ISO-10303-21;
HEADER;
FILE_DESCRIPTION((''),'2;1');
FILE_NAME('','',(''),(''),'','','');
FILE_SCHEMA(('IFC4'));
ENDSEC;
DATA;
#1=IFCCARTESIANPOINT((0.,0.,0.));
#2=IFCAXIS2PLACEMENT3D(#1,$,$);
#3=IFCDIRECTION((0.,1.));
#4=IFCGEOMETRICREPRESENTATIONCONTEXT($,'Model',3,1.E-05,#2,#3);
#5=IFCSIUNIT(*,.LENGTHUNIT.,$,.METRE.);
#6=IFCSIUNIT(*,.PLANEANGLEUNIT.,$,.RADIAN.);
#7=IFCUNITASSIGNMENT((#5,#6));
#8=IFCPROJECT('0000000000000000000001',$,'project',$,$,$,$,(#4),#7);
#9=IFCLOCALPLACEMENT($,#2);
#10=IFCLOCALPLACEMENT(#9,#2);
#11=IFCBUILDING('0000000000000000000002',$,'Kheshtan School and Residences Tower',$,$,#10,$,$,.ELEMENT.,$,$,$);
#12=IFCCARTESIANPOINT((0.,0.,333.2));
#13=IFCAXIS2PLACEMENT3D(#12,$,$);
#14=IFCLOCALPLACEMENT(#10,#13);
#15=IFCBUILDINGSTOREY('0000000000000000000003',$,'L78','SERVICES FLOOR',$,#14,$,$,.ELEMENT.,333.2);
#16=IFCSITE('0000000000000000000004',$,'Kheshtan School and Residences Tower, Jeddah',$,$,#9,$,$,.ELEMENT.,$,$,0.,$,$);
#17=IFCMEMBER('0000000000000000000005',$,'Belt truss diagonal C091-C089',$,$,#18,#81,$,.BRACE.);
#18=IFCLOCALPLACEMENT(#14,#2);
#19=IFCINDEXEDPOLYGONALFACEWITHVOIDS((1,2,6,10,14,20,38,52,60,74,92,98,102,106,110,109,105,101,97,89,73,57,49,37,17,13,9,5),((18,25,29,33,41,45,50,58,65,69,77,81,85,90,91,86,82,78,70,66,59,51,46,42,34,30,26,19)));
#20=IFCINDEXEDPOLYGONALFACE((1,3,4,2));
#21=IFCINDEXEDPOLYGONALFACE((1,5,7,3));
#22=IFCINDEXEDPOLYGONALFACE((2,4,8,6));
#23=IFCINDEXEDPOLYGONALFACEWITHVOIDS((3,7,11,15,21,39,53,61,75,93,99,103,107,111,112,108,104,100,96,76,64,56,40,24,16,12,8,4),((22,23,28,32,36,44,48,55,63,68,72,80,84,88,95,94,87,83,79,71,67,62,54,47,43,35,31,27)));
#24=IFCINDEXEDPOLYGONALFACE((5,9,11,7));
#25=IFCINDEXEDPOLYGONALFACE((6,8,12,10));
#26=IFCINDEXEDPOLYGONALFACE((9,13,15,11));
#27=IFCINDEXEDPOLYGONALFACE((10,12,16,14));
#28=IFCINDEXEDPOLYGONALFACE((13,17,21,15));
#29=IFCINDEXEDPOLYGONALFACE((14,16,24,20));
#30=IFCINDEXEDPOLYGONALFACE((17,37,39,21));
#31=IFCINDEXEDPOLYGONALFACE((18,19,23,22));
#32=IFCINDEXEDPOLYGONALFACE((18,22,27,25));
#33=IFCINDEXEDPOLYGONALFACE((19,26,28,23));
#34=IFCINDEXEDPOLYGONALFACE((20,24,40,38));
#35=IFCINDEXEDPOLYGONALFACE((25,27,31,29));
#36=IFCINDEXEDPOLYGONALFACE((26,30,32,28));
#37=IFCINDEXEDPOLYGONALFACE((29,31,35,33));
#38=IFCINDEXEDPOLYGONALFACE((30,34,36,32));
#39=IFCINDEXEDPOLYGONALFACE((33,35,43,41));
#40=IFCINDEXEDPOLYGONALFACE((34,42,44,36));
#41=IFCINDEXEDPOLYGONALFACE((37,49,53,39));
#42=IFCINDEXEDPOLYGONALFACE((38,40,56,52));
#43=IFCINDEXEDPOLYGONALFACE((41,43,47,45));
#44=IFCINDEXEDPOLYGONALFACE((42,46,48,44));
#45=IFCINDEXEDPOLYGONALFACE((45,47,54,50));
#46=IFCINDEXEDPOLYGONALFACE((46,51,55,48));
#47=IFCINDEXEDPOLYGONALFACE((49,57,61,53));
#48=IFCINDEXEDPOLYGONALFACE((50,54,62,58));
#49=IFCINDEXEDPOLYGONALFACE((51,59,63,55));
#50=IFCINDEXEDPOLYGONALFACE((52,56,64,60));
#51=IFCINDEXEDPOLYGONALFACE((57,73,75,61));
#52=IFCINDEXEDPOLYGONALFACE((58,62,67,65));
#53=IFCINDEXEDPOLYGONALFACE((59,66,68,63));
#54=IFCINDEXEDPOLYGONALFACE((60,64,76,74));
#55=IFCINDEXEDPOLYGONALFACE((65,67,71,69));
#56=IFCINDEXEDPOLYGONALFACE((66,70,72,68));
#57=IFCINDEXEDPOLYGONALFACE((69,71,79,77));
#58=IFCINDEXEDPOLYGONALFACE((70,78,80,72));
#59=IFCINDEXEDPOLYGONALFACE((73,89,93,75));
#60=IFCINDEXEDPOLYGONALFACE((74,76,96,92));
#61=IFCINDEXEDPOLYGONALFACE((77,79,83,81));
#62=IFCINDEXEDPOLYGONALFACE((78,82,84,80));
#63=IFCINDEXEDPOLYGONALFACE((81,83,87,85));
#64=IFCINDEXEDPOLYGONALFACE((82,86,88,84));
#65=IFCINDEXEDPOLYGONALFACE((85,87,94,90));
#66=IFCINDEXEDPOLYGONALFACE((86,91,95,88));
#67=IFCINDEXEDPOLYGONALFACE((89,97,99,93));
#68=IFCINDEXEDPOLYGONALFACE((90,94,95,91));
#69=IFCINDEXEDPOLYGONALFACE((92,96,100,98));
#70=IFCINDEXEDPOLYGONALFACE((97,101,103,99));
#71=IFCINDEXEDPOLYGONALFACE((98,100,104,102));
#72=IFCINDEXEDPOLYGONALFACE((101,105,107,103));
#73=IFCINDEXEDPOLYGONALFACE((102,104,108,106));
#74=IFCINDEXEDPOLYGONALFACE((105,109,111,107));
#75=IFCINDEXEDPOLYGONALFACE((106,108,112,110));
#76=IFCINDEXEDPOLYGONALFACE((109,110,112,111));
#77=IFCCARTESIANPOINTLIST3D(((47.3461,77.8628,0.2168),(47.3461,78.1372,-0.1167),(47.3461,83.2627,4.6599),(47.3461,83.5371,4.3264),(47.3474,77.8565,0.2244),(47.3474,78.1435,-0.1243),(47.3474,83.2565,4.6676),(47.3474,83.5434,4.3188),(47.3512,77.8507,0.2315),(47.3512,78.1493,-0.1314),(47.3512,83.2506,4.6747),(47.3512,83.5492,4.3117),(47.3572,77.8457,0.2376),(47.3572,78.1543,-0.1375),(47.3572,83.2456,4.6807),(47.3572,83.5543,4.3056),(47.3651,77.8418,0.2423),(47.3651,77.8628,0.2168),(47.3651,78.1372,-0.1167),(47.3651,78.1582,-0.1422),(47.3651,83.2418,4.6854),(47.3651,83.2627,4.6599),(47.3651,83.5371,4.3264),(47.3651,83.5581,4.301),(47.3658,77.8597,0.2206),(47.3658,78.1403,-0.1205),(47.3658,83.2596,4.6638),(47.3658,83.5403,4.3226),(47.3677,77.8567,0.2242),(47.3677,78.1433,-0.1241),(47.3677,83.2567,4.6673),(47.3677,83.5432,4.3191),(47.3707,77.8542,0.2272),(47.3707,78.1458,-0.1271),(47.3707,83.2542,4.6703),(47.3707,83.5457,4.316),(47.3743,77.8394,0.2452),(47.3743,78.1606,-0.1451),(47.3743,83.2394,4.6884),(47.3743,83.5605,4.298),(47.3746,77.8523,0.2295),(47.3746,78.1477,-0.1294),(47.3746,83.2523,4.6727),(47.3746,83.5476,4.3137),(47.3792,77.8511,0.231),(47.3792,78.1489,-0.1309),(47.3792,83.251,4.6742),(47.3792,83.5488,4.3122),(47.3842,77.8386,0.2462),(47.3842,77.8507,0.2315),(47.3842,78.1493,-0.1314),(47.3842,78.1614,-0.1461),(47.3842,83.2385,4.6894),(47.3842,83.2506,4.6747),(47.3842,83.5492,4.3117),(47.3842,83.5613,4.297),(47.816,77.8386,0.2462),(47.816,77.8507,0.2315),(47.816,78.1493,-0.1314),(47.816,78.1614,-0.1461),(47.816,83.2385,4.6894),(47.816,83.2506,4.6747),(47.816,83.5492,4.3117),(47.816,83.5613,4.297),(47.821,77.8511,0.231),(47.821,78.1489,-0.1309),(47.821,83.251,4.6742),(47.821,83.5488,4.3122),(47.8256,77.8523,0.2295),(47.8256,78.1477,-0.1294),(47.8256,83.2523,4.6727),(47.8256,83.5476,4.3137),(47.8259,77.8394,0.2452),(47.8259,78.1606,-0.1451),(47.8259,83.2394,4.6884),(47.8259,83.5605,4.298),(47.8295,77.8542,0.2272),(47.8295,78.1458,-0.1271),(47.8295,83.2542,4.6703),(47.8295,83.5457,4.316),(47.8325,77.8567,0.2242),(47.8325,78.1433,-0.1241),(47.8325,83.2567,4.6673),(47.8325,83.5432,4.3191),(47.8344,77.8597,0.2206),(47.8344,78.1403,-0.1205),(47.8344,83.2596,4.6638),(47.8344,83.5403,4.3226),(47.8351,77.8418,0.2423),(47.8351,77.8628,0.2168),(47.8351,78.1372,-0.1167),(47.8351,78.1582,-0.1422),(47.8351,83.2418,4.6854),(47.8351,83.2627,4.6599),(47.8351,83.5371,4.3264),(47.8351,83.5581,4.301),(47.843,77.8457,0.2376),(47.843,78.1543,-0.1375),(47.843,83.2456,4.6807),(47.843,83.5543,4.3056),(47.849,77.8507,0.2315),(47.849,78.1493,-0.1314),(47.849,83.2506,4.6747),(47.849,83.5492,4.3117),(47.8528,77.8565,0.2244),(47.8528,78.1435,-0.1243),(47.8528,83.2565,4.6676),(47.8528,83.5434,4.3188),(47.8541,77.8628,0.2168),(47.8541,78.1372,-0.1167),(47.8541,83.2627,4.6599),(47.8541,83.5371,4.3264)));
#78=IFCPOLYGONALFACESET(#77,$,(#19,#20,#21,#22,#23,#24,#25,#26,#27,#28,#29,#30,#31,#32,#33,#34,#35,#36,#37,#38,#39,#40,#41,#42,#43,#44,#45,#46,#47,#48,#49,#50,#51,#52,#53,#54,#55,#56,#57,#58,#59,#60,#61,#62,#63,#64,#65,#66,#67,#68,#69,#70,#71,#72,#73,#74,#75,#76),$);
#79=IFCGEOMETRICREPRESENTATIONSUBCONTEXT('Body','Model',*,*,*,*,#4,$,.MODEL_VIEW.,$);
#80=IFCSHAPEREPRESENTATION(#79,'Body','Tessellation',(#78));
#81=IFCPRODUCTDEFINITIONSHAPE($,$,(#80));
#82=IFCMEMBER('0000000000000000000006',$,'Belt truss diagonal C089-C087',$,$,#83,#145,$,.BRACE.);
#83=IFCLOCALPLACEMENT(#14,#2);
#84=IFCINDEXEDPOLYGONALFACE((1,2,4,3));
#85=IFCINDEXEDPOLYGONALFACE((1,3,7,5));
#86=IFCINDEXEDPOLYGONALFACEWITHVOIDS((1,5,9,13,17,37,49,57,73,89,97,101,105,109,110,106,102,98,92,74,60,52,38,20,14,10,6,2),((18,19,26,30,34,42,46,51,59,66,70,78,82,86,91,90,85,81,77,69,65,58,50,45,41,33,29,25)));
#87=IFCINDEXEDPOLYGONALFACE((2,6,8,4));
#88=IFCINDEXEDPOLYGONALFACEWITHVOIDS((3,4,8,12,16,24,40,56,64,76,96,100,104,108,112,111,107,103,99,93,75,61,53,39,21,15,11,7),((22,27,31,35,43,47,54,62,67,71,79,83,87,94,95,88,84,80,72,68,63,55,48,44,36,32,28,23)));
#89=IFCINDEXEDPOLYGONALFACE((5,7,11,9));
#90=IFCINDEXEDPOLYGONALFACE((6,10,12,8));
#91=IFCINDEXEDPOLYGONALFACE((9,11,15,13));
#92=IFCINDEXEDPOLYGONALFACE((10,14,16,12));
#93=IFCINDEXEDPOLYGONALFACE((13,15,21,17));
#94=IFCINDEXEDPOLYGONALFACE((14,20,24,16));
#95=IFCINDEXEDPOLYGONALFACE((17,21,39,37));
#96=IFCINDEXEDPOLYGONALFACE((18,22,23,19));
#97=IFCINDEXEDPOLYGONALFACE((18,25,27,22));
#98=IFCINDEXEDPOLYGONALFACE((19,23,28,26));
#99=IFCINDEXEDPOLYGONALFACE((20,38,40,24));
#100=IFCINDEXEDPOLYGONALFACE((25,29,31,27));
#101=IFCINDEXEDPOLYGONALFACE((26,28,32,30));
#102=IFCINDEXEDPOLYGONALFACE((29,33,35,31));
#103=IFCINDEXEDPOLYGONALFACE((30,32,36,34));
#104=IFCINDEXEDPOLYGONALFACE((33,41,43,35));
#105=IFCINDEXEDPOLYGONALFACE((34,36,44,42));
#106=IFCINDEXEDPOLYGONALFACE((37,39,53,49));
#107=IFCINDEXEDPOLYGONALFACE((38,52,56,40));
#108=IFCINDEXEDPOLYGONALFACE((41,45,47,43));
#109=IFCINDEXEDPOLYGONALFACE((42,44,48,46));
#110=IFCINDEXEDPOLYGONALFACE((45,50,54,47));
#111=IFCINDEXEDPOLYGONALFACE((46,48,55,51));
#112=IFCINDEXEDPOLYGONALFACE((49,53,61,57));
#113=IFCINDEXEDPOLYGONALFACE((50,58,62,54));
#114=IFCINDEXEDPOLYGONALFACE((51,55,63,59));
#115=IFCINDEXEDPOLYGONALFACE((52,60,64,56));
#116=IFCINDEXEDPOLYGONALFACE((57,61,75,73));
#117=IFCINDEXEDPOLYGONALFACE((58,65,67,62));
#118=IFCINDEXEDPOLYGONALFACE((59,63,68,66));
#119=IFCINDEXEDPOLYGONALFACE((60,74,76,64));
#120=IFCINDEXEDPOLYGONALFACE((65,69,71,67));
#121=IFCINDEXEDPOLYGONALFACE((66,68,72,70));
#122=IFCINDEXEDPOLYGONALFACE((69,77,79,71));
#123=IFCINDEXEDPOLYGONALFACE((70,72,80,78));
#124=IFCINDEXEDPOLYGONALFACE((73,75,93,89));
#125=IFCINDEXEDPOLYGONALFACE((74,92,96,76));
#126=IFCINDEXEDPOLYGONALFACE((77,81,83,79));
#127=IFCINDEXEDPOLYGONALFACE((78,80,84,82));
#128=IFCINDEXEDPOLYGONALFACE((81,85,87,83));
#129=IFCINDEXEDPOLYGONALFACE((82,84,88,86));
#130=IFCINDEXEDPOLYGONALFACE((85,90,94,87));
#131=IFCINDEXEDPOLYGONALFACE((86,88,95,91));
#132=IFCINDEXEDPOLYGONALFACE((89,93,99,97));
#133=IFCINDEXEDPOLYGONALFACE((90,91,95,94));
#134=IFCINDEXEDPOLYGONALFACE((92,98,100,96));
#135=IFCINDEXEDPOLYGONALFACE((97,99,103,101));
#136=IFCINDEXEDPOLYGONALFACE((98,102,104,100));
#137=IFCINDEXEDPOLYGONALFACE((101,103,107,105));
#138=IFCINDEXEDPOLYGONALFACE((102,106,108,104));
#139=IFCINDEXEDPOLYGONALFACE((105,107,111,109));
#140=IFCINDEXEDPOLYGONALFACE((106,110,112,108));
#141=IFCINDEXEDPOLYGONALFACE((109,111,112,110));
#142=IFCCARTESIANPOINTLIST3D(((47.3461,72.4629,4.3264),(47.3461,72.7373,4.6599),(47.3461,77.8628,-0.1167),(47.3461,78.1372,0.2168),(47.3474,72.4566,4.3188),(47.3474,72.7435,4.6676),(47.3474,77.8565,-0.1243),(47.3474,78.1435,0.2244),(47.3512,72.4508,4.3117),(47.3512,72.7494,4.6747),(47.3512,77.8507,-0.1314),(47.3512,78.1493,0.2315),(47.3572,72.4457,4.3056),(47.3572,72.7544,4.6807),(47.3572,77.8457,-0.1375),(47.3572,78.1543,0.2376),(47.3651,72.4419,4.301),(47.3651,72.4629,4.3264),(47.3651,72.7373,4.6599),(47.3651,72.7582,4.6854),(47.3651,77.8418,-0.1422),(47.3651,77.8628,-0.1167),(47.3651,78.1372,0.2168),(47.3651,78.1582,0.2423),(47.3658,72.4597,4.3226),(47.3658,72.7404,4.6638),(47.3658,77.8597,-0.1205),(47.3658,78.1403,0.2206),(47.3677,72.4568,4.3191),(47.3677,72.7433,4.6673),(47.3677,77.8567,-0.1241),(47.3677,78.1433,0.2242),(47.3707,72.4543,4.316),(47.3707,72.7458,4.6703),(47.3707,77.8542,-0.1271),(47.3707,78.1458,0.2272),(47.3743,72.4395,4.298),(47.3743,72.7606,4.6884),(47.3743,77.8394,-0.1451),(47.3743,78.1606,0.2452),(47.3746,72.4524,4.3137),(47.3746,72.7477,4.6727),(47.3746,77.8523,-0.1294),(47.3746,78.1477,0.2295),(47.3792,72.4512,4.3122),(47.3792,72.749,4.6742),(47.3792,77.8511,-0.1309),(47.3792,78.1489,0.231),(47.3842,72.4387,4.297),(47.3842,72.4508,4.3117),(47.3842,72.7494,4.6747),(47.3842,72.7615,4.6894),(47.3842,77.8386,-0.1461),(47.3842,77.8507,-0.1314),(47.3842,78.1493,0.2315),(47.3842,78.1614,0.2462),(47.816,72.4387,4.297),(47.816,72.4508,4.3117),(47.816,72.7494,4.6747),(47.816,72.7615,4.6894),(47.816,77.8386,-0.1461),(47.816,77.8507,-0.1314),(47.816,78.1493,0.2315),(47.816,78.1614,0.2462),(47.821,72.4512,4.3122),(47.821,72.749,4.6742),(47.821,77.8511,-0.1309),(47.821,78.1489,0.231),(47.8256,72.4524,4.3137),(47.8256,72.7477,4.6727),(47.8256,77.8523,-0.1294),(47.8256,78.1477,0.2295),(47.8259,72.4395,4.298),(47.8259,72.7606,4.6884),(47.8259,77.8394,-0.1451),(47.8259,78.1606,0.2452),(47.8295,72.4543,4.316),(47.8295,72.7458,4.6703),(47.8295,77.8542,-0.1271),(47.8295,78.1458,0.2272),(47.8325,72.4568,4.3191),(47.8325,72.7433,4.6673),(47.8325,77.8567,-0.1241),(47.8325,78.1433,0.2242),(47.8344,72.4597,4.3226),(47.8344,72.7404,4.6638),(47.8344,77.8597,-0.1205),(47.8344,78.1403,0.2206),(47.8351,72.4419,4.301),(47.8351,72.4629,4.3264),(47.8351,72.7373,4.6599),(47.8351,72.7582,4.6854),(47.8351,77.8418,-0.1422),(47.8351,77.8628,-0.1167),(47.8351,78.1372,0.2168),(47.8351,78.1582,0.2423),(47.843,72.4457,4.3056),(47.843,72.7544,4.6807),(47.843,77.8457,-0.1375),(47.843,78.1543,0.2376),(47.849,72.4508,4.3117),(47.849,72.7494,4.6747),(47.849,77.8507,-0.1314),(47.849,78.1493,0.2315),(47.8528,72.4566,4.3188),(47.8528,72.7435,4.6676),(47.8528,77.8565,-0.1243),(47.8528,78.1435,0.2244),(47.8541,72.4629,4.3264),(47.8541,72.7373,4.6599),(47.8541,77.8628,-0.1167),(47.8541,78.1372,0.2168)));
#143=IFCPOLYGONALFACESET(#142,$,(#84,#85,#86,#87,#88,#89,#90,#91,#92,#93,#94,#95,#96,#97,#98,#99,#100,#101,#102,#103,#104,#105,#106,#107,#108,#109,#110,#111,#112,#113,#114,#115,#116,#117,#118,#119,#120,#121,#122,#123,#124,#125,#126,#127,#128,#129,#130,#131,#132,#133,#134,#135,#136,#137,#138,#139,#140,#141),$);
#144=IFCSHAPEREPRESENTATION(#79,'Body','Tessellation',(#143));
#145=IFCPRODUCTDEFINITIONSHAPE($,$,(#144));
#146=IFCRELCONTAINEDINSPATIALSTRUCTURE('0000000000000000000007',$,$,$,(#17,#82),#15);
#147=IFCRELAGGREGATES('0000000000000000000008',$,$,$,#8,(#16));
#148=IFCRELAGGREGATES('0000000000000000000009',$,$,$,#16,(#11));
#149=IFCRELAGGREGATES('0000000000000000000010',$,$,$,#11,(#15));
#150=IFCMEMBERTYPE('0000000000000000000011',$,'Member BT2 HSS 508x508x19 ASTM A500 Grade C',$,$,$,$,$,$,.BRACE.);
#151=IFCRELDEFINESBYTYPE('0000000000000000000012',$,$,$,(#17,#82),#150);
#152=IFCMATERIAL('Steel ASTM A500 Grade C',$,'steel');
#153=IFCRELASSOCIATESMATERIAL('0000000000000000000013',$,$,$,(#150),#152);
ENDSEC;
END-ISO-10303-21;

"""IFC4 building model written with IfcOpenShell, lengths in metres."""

from ifc_helpers import new_model, si_unit, direction, frame, origin, origin_2d, place, context, subcontext, project, spatial, hollow_rectangle, extrude, material, material_profile, profile_set, type_object, element, save


model = new_model("IFC4")

# Units and contexts
model_context = context("Model", 3, precision=1e-05, world=origin(), true_north=direction((0.0, 1.0)))
body_context = subcontext(model_context, "Body", "Model", "MODEL_VIEW")
ifc_project = project(units=[si_unit("LENGTHUNIT", "METRE"), si_unit("PLANEANGLEUNIT", "RADIAN")], contexts=[model_context])

# Site, building, storey
site_placement = place(None, origin())
site = spatial("IfcSite", under=ifc_project, at=site_placement, Name="Kheshtan School and Residences Tower, Jeddah", CompositionType="ELEMENT", RefElevation=0.0)
building_placement = place(site_placement, origin())
building = spatial("IfcBuilding", under=site, at=building_placement, Name="Kheshtan School and Residences Tower", CompositionType="ELEMENT")
storey_placement = place(building_placement, frame((0.0, 0.0, 333.2)))
storey = spatial("IfcBuildingStorey", under=building, at=storey_placement, Name="L78", Description="SERVICES FLOOR", CompositionType="ELEMENT", Elevation=333.2)

# Members
ifc_material_1 = material(Name="Steel ASTM A500 Grade C", Category="steel")
ifc_material_profile_1 = material_profile(ifc_material_1, hollow_rectangle(XDim=0.5081, YDim=0.5081, WallThickness=0.019, InnerFilletRadius=0.019, OuterFilletRadius=0.0381, at=origin_2d()), Name="HSS 508x508x19")
ifc_profile_set_1 = profile_set([ifc_material_profile_1], Name="Steel ASTM A500 Grade C")
member_type_1 = type_object("IfcMemberType", Name="Member BT2 HSS 508x508x19 ASTM A500 Grade C", PredefinedType="BRACE", material=ifc_profile_set_1)
for number, where, z_axis, x_axis, name in (
    (1, (47.6001, 78.0, 0.05), (0.0, 0.772201, 0.635378), (-1.0, 0.0, 0.0), "Belt truss diagonal C091-C089"),
    (2, (47.6001, 78.0, 0.05), (0.0, -0.772201, 0.635378), (1.0, 0.0, 0.0), "Belt truss diagonal C089-C087"),
):
    element("IfcMember", number, at=place(storey_placement, frame(where, z_axis=z_axis, x_axis=x_axis)), inside=storey, type_object=member_type_1, Name=name, PredefinedType="BRACE", context=body_context, shape_type="SweptSolid", body=[
        extrude(hollow_rectangle(XDim=0.5081, YDim=0.5081, WallThickness=0.019, InnerFilletRadius=0.019, OuterFilletRadius=0.0381, at=origin_2d()), origin(), (0.0, 0.0, 1.0), 6.9929),
    ])

save(model, "model.ifc")
